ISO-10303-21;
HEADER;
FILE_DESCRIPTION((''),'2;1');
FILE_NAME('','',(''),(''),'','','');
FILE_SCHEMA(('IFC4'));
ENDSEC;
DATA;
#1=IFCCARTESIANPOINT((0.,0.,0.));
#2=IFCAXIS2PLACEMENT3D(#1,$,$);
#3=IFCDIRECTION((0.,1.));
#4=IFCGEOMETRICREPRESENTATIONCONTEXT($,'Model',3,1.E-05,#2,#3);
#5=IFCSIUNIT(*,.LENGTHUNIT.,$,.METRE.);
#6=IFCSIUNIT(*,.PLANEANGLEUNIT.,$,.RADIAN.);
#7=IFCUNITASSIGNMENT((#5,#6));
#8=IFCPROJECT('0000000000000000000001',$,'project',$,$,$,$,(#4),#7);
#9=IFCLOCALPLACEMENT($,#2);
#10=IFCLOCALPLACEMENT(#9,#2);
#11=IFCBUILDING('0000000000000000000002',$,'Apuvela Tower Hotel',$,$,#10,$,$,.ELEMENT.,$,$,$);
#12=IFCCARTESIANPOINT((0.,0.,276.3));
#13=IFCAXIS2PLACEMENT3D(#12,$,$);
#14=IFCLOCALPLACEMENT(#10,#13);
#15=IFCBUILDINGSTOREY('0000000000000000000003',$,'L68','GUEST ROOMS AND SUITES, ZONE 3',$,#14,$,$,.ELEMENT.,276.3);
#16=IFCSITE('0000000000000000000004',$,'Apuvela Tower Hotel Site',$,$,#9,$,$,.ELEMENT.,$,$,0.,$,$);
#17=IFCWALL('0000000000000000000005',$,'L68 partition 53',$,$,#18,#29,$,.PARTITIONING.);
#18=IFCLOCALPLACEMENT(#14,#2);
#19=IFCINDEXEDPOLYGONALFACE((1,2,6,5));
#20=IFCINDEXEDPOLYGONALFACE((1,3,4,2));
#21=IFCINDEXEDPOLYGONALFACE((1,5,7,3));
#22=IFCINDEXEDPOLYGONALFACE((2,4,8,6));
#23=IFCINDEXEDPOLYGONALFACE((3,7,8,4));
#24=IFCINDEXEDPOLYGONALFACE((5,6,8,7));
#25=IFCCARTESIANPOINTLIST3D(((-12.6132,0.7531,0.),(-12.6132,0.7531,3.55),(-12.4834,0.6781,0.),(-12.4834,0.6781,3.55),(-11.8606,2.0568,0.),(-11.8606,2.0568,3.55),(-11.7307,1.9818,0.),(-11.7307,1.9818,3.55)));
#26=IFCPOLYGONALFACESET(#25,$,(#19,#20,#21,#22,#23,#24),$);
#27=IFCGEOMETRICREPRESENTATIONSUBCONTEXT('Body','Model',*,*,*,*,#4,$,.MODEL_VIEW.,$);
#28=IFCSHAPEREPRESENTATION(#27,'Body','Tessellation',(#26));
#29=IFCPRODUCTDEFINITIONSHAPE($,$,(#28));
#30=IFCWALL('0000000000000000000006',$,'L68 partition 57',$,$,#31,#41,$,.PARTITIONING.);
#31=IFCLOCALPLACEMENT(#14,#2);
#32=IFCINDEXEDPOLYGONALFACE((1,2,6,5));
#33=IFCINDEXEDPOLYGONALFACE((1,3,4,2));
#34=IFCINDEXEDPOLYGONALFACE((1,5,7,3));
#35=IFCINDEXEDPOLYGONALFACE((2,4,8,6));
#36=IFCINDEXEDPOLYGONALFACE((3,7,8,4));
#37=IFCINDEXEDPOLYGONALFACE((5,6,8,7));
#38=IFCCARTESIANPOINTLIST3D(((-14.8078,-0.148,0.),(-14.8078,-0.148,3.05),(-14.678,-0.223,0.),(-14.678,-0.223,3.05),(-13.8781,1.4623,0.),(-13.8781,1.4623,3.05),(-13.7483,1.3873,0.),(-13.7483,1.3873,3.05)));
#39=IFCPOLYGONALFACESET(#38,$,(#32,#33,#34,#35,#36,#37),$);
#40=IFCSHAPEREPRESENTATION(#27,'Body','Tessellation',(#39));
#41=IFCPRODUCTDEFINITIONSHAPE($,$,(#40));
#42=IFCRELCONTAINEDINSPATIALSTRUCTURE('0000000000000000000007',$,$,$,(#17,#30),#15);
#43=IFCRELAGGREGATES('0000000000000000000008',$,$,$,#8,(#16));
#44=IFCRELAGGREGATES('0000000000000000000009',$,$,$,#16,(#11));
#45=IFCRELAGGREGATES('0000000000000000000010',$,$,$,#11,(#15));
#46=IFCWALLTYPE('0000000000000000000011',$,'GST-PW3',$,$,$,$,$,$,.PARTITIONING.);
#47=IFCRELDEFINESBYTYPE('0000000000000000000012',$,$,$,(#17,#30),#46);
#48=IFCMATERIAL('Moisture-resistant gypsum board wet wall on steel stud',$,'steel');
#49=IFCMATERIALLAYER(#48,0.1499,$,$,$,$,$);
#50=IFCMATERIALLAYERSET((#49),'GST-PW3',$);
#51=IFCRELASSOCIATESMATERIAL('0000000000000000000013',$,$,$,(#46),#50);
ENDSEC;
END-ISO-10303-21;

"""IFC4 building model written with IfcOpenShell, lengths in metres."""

from ifc_helpers import new_model, si_unit, direction, frame, frame_2d, origin, place, context, subcontext, project, spatial, rectangle, extrude, material, layer, layer_set, type_object, element, save


model = new_model("IFC4")

# Units and contexts
model_context = context("Model", 3, precision=1e-05, world=origin(), true_north=direction((0.0, 1.0)))
body_context = subcontext(model_context, "Body", "Model", "MODEL_VIEW")
ifc_project = project(units=[si_unit("LENGTHUNIT", "METRE"), si_unit("PLANEANGLEUNIT", "RADIAN")], contexts=[model_context])

# Site, building, storey
site_placement = place(None, origin())
site = spatial("IfcSite", under=ifc_project, at=site_placement, Name="Apuvela Tower Hotel Site", CompositionType="ELEMENT", RefElevation=0.0)
building_placement = place(site_placement, origin())
building = spatial("IfcBuilding", under=site, at=building_placement, Name="Apuvela Tower Hotel", CompositionType="ELEMENT")
storey_placement = place(building_placement, frame((0.0, 0.0, 276.3)))
storey = spatial("IfcBuildingStorey", under=building, at=storey_placement, Name="L68", Description="GUEST ROOMS AND SUITES, ZONE 3", CompositionType="ELEMENT", Elevation=276.3)

# Shared definitions
ifc_material_1 = material(Name="Moisture-resistant gypsum board wet wall on steel stud", Category="steel")
ifc_layer_1 = layer(ifc_material_1, 0.1499)
ifc_layer_set_1 = layer_set([ifc_layer_1], Name="GST-PW3")
wall_type_1 = type_object("IfcWallType", Name="GST-PW3", PredefinedType="PARTITIONING", material=ifc_layer_set_1)

# Walls
wall_1_placement = place(storey_placement, frame((-11.7957, 2.0193, 0.0), z_axis=(0.0, 0.0, 1.0), x_axis=(-0.499994, -0.866029, 0.0)))
element("IfcWall", 1, at=wall_1_placement, inside=storey, type_object=wall_type_1, Name="L68 partition 53", PredefinedType="PARTITIONING", context=body_context, shape_type="SweptSolid", body=[
    extrude(rectangle(XDim=1.5054, YDim=0.1499, at=frame_2d((0.7527, 0.0))), origin(), (0.0, 0.0, 1.0), 3.55),
])
wall_2_placement = place(storey_placement, frame((-13.8132, 1.4248, 0.0), z_axis=(0.0, 0.0, 1.0), x_axis=(-0.49998, -0.866037, 0.0)))
element("IfcWall", 2, at=wall_2_placement, inside=storey, type_object=wall_type_1, Name="L68 partition 57", PredefinedType="PARTITIONING", context=body_context, shape_type="SweptSolid", body=[
    extrude(rectangle(XDim=1.8594, YDim=0.1499, at=frame_2d((0.9297, 0.0))), origin(), (0.0, 0.0, 1.0), 3.05),
])

save(model, "model.ifc")
